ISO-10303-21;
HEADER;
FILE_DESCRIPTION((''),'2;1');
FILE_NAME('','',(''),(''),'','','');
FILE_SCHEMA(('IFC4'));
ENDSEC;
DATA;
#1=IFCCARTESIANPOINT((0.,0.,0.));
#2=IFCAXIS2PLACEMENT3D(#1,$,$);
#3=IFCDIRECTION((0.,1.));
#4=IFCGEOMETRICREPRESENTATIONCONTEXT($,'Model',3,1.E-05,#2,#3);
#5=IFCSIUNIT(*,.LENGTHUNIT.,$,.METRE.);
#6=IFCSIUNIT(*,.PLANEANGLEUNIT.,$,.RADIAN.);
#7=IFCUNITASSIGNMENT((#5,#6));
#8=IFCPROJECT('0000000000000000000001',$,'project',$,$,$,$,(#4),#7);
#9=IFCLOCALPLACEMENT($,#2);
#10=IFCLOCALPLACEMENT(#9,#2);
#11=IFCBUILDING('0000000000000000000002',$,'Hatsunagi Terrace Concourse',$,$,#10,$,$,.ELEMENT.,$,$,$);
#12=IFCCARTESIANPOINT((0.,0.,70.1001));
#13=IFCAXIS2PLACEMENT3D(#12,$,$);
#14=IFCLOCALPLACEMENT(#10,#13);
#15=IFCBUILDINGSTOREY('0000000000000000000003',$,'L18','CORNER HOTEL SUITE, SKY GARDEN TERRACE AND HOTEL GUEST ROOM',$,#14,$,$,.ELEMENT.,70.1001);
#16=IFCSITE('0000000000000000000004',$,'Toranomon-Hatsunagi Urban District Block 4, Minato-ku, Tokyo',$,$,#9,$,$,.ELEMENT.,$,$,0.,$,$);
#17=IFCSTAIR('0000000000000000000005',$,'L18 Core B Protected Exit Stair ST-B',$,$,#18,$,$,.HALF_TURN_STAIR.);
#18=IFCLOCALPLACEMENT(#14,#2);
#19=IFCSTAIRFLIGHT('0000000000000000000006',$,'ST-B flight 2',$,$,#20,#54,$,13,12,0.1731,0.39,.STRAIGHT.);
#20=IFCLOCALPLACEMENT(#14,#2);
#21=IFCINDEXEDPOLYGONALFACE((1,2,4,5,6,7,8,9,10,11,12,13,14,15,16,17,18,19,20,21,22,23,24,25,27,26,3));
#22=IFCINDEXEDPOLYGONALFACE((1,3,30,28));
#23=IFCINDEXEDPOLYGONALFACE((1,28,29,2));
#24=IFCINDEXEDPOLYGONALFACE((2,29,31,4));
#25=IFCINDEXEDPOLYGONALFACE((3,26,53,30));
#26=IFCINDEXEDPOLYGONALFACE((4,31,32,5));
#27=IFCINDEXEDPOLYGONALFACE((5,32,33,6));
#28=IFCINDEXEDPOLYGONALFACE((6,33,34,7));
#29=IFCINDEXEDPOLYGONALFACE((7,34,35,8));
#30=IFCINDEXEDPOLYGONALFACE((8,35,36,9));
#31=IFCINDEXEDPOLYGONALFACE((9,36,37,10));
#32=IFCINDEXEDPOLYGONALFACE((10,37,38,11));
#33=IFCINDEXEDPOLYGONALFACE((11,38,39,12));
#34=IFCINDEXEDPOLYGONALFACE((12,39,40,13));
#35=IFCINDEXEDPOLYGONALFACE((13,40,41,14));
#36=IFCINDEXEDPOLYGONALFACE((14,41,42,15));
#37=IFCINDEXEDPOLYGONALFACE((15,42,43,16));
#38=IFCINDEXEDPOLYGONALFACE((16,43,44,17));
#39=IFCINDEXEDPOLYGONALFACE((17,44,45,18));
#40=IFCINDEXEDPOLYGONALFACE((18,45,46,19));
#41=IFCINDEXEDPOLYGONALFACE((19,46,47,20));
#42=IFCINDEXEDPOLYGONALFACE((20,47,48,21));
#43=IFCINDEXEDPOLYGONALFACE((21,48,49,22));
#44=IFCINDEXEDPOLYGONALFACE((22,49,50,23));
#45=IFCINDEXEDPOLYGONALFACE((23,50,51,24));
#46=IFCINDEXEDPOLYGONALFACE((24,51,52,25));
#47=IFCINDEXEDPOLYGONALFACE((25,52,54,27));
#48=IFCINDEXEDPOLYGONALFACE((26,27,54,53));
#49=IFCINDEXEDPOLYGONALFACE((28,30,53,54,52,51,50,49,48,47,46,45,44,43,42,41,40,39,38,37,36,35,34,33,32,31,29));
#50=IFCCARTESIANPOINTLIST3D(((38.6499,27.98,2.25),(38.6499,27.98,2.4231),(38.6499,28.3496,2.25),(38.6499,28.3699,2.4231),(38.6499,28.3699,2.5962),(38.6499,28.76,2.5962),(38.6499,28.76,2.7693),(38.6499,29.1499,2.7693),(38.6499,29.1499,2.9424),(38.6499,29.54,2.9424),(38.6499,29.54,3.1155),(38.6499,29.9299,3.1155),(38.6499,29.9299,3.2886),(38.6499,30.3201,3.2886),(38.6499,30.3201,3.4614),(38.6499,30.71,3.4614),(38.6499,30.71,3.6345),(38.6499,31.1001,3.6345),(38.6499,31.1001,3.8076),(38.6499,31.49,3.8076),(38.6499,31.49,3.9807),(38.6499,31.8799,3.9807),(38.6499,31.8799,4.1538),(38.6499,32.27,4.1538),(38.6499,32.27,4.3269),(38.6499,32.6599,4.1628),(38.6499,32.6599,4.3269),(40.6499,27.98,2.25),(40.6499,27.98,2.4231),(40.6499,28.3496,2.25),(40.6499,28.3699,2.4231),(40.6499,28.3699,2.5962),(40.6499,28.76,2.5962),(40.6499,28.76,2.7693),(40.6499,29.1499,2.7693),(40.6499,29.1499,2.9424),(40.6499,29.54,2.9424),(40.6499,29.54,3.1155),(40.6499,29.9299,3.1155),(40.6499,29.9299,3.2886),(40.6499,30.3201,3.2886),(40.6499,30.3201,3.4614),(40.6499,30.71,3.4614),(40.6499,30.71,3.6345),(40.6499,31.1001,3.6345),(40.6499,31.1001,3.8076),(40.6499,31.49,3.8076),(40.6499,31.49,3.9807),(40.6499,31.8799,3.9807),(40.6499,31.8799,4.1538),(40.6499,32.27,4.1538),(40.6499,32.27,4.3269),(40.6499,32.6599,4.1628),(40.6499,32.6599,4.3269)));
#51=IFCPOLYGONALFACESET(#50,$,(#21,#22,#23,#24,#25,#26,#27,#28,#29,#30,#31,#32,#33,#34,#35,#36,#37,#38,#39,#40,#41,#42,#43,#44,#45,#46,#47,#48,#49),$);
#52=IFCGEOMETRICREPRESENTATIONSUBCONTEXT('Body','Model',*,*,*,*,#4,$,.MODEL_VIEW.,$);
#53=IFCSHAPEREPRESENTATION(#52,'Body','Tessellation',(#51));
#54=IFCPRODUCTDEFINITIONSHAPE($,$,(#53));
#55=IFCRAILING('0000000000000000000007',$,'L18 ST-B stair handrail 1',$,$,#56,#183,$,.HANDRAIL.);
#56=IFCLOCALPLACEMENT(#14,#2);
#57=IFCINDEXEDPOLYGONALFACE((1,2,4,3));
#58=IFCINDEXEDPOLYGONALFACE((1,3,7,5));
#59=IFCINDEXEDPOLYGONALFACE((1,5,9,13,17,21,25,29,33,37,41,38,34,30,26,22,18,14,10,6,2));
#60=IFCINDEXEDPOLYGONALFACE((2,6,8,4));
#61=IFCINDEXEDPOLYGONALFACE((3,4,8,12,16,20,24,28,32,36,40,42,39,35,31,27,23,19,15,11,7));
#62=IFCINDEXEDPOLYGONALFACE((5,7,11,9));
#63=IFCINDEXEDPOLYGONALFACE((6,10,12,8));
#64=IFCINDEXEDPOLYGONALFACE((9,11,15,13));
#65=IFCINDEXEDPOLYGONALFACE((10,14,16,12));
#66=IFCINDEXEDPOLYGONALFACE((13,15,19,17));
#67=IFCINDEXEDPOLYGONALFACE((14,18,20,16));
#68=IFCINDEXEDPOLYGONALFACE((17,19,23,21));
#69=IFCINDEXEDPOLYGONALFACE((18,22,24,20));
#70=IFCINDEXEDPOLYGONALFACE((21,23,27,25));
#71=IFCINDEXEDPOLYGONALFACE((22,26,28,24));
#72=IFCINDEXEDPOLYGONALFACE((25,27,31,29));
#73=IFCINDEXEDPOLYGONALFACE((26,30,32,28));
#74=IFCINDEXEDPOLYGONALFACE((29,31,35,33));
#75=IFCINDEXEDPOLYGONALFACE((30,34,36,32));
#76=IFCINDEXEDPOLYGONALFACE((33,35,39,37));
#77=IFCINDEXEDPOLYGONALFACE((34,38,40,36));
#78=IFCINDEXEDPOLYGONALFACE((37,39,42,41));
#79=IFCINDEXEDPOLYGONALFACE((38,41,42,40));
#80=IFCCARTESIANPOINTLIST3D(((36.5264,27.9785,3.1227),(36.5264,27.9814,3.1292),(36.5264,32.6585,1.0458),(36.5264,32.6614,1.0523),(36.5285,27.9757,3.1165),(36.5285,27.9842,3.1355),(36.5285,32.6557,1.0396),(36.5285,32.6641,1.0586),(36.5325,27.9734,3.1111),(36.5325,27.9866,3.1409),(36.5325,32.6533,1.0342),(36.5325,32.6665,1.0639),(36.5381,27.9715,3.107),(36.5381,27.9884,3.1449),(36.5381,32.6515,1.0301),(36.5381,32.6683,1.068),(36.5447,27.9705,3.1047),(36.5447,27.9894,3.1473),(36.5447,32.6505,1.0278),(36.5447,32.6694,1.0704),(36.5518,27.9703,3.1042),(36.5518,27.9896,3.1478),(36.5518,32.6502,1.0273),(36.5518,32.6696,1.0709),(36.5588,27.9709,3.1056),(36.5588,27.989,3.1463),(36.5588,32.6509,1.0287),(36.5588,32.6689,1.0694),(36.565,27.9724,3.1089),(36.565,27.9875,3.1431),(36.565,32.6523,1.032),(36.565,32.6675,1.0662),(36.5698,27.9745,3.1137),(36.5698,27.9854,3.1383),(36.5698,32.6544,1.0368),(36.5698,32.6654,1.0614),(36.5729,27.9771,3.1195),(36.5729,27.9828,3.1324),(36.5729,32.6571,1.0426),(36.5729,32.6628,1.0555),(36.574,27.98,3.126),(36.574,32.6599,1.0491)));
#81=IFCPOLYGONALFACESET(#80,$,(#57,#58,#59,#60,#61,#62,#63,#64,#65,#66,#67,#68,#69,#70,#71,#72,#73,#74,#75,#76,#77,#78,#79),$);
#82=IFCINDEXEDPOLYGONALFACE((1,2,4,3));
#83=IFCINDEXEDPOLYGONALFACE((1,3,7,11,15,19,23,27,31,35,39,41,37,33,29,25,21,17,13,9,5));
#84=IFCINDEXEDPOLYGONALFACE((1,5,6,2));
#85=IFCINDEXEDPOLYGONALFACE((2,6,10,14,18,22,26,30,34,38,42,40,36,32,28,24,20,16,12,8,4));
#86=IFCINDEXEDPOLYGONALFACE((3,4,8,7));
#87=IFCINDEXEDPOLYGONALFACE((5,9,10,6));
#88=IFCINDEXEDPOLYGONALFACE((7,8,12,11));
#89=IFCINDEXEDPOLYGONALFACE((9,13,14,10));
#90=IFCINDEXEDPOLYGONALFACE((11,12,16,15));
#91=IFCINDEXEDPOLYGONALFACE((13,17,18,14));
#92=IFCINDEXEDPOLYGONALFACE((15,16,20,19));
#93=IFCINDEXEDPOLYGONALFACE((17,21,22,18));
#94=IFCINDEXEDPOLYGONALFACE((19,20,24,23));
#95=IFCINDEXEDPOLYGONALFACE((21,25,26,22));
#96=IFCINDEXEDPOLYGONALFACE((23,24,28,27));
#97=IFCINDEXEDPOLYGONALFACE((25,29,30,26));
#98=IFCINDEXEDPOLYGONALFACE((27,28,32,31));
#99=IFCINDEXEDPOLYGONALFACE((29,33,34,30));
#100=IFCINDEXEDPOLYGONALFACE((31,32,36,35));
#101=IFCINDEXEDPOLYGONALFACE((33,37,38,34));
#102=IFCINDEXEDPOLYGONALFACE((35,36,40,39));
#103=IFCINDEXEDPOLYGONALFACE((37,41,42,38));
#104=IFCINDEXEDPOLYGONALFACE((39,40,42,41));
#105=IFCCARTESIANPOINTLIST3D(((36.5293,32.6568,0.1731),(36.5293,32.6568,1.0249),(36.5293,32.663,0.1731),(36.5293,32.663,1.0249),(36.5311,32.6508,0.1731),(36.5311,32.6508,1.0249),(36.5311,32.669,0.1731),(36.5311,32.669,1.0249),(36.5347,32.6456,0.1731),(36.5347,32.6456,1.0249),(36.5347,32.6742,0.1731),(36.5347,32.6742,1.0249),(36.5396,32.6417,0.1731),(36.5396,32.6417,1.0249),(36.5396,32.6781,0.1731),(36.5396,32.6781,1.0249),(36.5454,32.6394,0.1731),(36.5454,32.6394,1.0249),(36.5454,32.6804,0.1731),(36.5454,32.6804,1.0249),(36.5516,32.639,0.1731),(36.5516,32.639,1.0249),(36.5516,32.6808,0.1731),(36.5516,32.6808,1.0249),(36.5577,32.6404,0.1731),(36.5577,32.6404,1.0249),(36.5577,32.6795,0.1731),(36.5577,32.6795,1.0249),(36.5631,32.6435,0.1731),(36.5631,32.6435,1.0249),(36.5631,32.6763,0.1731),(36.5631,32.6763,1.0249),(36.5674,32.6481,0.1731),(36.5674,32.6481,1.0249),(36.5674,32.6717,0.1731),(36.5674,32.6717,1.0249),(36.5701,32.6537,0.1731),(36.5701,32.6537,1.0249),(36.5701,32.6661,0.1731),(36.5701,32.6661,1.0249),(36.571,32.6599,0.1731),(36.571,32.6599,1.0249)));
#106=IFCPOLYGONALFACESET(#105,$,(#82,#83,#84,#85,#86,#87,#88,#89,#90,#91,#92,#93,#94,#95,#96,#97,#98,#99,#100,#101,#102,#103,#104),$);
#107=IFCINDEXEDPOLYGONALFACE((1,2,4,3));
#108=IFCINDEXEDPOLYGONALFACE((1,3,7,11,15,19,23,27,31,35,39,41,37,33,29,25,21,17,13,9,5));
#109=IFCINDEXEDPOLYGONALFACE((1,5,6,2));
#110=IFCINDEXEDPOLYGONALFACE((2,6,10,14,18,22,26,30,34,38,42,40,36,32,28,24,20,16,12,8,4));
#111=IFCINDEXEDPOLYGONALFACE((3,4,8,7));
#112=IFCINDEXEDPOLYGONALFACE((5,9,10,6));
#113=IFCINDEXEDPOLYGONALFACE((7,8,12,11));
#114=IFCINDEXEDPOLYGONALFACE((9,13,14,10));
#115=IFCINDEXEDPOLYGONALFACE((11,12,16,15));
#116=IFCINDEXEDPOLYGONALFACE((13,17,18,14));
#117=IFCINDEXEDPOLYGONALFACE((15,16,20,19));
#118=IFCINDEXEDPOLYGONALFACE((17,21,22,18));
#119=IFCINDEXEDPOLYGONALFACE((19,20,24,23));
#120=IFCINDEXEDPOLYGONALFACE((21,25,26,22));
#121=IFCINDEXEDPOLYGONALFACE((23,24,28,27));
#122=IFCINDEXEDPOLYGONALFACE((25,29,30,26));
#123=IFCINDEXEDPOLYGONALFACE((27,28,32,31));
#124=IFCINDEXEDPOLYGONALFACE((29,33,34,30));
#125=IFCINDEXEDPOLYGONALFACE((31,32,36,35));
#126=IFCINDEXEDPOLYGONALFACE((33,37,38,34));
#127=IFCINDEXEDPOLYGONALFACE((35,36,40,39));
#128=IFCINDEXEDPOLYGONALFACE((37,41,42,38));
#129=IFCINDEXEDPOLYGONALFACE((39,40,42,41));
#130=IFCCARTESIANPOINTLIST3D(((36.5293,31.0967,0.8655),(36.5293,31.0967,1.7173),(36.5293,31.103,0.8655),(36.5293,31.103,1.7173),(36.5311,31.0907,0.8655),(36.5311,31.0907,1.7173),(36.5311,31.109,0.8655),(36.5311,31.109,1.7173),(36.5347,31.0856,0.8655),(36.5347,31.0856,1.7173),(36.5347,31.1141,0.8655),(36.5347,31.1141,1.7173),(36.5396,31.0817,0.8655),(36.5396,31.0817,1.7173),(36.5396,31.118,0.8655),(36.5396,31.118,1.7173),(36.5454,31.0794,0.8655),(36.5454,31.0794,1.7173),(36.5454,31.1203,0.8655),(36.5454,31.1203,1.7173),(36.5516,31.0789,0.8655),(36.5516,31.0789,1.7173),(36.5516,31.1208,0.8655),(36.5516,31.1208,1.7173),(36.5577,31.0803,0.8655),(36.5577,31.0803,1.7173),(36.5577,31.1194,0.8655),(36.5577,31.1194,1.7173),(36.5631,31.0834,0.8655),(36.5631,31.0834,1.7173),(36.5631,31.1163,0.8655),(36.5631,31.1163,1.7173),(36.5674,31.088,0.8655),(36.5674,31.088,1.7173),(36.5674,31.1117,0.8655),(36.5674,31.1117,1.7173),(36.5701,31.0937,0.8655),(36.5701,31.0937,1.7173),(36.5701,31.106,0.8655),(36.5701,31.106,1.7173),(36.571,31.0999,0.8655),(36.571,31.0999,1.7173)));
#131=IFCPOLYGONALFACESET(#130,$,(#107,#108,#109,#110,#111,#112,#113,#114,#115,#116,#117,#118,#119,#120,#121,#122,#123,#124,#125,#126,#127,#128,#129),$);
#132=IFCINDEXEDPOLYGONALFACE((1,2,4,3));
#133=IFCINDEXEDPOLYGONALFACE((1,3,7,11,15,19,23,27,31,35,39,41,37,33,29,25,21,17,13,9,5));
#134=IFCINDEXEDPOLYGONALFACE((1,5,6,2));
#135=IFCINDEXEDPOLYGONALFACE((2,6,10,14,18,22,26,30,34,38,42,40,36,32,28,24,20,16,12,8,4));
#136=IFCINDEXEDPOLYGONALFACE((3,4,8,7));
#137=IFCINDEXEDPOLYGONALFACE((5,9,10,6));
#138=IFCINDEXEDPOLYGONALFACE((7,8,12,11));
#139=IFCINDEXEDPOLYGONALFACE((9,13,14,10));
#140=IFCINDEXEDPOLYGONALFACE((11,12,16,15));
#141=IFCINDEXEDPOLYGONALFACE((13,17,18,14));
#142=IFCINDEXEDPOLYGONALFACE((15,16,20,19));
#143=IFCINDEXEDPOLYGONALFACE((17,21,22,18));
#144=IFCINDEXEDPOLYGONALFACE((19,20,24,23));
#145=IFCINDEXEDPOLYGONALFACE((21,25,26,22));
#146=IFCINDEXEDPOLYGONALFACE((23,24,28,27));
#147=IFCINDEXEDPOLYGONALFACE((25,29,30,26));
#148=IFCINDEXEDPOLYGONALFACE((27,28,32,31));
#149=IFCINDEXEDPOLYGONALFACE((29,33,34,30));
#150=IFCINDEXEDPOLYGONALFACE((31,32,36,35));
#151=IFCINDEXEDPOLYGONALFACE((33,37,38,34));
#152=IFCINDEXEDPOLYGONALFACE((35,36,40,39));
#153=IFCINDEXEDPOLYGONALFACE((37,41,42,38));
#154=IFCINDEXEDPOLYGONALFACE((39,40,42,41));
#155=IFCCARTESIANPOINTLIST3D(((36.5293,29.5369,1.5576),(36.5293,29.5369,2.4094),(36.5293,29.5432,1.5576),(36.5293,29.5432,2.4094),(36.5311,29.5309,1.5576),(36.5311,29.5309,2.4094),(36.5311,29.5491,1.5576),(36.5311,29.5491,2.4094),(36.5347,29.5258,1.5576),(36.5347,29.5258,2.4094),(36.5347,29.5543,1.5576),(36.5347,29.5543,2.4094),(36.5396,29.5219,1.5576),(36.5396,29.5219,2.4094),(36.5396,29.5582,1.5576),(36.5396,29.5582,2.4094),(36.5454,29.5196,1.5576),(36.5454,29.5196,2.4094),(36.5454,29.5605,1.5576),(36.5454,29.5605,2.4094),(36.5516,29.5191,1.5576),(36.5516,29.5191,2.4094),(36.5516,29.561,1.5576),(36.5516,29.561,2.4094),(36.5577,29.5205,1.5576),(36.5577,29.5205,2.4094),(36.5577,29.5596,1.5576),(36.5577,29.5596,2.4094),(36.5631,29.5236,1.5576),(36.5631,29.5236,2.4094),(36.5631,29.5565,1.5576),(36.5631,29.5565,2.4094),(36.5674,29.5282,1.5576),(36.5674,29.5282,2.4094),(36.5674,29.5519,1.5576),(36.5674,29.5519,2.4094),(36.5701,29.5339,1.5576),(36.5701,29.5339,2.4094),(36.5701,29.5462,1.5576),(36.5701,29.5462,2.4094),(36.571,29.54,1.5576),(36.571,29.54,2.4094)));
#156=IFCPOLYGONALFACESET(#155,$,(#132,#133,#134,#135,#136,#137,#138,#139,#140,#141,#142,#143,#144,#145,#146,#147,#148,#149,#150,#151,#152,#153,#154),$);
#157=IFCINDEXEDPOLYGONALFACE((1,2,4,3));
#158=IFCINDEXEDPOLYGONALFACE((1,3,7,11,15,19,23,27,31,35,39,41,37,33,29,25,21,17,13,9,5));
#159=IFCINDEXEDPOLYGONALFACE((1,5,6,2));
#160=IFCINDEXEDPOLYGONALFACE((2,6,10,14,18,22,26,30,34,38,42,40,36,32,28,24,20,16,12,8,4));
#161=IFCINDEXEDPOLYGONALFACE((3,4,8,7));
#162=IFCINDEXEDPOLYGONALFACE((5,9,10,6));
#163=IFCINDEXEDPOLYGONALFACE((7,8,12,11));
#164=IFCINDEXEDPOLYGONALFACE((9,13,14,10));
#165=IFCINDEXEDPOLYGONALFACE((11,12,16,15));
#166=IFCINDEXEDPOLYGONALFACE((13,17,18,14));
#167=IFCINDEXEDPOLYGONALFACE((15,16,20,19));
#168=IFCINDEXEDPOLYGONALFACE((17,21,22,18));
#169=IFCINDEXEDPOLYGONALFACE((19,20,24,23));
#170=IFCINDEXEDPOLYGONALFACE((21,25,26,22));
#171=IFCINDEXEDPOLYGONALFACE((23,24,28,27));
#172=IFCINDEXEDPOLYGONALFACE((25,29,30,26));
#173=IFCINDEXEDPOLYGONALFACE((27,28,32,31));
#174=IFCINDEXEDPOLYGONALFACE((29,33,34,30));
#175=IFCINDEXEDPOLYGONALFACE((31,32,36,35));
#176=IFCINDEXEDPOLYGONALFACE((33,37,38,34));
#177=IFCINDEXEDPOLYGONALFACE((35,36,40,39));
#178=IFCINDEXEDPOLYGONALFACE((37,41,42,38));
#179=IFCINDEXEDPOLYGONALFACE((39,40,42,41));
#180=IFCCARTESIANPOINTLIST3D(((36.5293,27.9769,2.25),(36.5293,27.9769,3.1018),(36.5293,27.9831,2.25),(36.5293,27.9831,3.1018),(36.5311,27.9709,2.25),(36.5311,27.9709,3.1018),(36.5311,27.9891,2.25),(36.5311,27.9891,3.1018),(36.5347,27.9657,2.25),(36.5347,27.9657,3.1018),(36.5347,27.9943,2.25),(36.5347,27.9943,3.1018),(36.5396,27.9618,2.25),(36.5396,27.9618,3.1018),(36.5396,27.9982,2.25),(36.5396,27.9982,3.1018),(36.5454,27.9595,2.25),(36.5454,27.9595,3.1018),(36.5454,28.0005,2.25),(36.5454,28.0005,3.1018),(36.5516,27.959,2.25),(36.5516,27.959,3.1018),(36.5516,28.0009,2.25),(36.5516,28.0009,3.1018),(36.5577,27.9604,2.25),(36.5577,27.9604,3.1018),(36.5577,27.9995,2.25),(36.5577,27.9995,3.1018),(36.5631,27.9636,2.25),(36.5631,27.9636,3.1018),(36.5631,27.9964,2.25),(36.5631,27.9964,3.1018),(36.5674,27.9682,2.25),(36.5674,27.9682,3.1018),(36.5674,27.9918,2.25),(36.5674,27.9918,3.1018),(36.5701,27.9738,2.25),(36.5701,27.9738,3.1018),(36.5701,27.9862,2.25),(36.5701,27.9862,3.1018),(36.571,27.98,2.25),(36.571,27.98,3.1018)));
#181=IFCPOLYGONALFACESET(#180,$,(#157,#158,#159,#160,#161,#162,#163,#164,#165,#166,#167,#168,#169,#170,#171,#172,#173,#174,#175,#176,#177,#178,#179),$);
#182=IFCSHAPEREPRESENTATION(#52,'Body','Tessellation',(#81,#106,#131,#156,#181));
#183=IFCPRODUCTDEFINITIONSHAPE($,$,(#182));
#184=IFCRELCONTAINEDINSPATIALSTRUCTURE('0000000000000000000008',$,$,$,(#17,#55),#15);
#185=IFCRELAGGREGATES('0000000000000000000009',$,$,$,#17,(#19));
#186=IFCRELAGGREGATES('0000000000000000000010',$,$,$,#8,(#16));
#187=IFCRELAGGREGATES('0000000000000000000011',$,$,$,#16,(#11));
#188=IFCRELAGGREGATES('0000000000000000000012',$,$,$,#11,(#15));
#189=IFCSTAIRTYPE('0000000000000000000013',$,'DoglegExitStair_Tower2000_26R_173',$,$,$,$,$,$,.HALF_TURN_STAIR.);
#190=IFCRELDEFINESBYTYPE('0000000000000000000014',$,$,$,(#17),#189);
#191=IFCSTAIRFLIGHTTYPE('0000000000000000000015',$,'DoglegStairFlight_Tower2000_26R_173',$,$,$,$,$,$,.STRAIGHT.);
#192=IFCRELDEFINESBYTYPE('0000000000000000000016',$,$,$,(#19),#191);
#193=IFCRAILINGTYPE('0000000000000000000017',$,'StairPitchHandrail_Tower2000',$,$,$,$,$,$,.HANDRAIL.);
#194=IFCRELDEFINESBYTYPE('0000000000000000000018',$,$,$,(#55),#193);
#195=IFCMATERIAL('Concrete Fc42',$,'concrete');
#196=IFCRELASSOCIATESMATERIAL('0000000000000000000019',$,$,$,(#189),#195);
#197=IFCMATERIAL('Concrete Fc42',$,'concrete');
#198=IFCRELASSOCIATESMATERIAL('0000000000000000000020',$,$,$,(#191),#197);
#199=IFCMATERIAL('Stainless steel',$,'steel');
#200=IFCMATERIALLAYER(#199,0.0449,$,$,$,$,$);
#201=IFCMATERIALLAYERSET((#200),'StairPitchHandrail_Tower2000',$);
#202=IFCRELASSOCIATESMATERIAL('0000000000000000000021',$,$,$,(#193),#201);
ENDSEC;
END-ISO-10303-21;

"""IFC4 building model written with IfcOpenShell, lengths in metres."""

from ifc_helpers import new_model, si_unit, direction, frame, origin, origin_2d, place, context, subcontext, project, spatial, polyline, circle, outline, extrude, material, layer, layer_set, type_object, element, aggregate, save


model = new_model("IFC4")

# Units and contexts
model_context = context("Model", 3, precision=1e-05, world=origin(), true_north=direction((0.0, 1.0)))
body_context = subcontext(model_context, "Body", "Model", "MODEL_VIEW")
ifc_project = project(units=[si_unit("LENGTHUNIT", "METRE"), si_unit("PLANEANGLEUNIT", "RADIAN")], contexts=[model_context])

# Site, building, storey
site_placement = place(None, origin())
site = spatial("IfcSite", under=ifc_project, at=site_placement, Name="Toranomon-Hatsunagi Urban District Block 4, Minato-ku, Tokyo", CompositionType="ELEMENT", RefElevation=0.0)
building_placement = place(site_placement, origin())
building = spatial("IfcBuilding", under=site, at=building_placement, Name="Hatsunagi Terrace Concourse", CompositionType="ELEMENT")
storey_placement = place(building_placement, frame((0.0, 0.0, 70.1001)))
storey = spatial("IfcBuildingStorey", under=building, at=storey_placement, Name="L18", Description="CORNER HOTEL SUITE, SKY GARDEN TERRACE AND HOTEL GUEST ROOM", CompositionType="ELEMENT", Elevation=70.1001)

# Stair, stair flight
ifc_material_1 = material(Name="Concrete Fc42", Category="concrete")
stair_type = type_object("IfcStairType", Name="DoglegExitStair_Tower2000_26R_173", PredefinedType="HALF_TURN_STAIR", material=ifc_material_1)
stair_placement = place(storey_placement, origin())
stair = element("IfcStair", 1, at=stair_placement, inside=storey, type_object=stair_type, Name="L18 Core B Protected Exit Stair ST-B", PredefinedType="HALF_TURN_STAIR")
ifc_material_2 = material(Name="Concrete Fc42", Category="concrete")
stair_flight_type = type_object("IfcStairFlightType", Name="DoglegStairFlight_Tower2000_26R_173", PredefinedType="STRAIGHT", material=ifc_material_2)
stair_flight_1_placement = place(storey_placement, frame((39.6499, 27.98, 2.25), z_axis=(0.0, 0.0, 1.0), x_axis=(0.0, 1.0, 0.0)))
stair_flight_1 = element("IfcStairFlight", 2, at=stair_flight_1_placement, type_object=stair_flight_type, Name="ST-B flight 2", NumberOfRisers=13, NumberOfTreads=12, PredefinedType="STRAIGHT", RiserHeight=0.1731, TreadLength=0.39, context=body_context, shape_type="SweptSolid", body=[
    extrude(outline(polyline([(0.0, 0.0), (0.0, 0.1731), (0.3899, 0.1731), (0.3899, 0.3462), (0.78, 0.3462), (0.78, 0.5193), (1.1699, 0.5193), (1.1699, 0.6924), (1.5601, 0.6924), (1.5601, 0.8655), (1.95, 0.8655), (1.95, 1.0386), (2.3401, 1.0386), (2.3401, 1.2114), (2.73, 1.2114), (2.73, 1.3845), (3.1201, 1.3845), (3.1201, 1.5576), (3.51, 1.5576), (3.51, 1.7307), (3.8999, 1.7307), (3.8999, 1.9038), (4.29, 1.9038), (4.29, 2.0769), (4.6799, 2.0769), (4.6799, 2.25), (4.6799, 1.9128), (0.3696, 0.0), (0.0, 0.0)])), frame((0.0, 1.0, 0.0), z_axis=(0.0, -1.0, 0.0), x_axis=(1.0, 0.0, 0.0)), (0.0, 0.0, 1.0), 2.0),
])
aggregate(stair, [stair_flight_1])

# Railing
ifc_material_3 = material(Name="Stainless steel", Category="steel")
ifc_layer_1 = layer(ifc_material_3, 0.0449)
ifc_layer_set_1 = layer_set([ifc_layer_1], Name="StairPitchHandrail_Tower2000")
railing_type_1 = type_object("IfcRailingType", Name="StairPitchHandrail_Tower2000", PredefinedType="HANDRAIL", material=ifc_layer_set_1)
railing_1_placement = place(storey_placement, frame((36.55, 32.6599, 0.1731)))
element("IfcRailing", 3, at=railing_1_placement, inside=storey, type_object=railing_type_1, Name="L18 ST-B stair handrail 1", PredefinedType="HANDRAIL", context=body_context, shape_type="SweptSolid", body=[
    extrude(circle(Radius=0.0239, at=origin_2d()), frame((0.0, 0.0, 0.876), z_axis=(0.0, -0.914034, 0.405638), x_axis=(1.0, 0.0, 0.0)), (0.0, 0.0, 1.0), 5.1201),
    extrude(circle(Radius=0.021, at=origin_2d()), origin(), (0.0, 0.0, 1.0), 0.8518),
    extrude(circle(Radius=0.021, at=origin_2d()), frame((0.0, -1.5601, 0.6924)), (0.0, 0.0, 1.0), 0.8518),
    extrude(circle(Radius=0.021, at=origin_2d()), frame((0.0, -3.1199, 1.3845)), (0.0, 0.0, 1.0), 0.8518),
    extrude(circle(Radius=0.021, at=origin_2d()), frame((0.0, -4.6799, 2.0769)), (0.0, 0.0, 1.0), 0.8518),
])

save(model, "model.ifc")
